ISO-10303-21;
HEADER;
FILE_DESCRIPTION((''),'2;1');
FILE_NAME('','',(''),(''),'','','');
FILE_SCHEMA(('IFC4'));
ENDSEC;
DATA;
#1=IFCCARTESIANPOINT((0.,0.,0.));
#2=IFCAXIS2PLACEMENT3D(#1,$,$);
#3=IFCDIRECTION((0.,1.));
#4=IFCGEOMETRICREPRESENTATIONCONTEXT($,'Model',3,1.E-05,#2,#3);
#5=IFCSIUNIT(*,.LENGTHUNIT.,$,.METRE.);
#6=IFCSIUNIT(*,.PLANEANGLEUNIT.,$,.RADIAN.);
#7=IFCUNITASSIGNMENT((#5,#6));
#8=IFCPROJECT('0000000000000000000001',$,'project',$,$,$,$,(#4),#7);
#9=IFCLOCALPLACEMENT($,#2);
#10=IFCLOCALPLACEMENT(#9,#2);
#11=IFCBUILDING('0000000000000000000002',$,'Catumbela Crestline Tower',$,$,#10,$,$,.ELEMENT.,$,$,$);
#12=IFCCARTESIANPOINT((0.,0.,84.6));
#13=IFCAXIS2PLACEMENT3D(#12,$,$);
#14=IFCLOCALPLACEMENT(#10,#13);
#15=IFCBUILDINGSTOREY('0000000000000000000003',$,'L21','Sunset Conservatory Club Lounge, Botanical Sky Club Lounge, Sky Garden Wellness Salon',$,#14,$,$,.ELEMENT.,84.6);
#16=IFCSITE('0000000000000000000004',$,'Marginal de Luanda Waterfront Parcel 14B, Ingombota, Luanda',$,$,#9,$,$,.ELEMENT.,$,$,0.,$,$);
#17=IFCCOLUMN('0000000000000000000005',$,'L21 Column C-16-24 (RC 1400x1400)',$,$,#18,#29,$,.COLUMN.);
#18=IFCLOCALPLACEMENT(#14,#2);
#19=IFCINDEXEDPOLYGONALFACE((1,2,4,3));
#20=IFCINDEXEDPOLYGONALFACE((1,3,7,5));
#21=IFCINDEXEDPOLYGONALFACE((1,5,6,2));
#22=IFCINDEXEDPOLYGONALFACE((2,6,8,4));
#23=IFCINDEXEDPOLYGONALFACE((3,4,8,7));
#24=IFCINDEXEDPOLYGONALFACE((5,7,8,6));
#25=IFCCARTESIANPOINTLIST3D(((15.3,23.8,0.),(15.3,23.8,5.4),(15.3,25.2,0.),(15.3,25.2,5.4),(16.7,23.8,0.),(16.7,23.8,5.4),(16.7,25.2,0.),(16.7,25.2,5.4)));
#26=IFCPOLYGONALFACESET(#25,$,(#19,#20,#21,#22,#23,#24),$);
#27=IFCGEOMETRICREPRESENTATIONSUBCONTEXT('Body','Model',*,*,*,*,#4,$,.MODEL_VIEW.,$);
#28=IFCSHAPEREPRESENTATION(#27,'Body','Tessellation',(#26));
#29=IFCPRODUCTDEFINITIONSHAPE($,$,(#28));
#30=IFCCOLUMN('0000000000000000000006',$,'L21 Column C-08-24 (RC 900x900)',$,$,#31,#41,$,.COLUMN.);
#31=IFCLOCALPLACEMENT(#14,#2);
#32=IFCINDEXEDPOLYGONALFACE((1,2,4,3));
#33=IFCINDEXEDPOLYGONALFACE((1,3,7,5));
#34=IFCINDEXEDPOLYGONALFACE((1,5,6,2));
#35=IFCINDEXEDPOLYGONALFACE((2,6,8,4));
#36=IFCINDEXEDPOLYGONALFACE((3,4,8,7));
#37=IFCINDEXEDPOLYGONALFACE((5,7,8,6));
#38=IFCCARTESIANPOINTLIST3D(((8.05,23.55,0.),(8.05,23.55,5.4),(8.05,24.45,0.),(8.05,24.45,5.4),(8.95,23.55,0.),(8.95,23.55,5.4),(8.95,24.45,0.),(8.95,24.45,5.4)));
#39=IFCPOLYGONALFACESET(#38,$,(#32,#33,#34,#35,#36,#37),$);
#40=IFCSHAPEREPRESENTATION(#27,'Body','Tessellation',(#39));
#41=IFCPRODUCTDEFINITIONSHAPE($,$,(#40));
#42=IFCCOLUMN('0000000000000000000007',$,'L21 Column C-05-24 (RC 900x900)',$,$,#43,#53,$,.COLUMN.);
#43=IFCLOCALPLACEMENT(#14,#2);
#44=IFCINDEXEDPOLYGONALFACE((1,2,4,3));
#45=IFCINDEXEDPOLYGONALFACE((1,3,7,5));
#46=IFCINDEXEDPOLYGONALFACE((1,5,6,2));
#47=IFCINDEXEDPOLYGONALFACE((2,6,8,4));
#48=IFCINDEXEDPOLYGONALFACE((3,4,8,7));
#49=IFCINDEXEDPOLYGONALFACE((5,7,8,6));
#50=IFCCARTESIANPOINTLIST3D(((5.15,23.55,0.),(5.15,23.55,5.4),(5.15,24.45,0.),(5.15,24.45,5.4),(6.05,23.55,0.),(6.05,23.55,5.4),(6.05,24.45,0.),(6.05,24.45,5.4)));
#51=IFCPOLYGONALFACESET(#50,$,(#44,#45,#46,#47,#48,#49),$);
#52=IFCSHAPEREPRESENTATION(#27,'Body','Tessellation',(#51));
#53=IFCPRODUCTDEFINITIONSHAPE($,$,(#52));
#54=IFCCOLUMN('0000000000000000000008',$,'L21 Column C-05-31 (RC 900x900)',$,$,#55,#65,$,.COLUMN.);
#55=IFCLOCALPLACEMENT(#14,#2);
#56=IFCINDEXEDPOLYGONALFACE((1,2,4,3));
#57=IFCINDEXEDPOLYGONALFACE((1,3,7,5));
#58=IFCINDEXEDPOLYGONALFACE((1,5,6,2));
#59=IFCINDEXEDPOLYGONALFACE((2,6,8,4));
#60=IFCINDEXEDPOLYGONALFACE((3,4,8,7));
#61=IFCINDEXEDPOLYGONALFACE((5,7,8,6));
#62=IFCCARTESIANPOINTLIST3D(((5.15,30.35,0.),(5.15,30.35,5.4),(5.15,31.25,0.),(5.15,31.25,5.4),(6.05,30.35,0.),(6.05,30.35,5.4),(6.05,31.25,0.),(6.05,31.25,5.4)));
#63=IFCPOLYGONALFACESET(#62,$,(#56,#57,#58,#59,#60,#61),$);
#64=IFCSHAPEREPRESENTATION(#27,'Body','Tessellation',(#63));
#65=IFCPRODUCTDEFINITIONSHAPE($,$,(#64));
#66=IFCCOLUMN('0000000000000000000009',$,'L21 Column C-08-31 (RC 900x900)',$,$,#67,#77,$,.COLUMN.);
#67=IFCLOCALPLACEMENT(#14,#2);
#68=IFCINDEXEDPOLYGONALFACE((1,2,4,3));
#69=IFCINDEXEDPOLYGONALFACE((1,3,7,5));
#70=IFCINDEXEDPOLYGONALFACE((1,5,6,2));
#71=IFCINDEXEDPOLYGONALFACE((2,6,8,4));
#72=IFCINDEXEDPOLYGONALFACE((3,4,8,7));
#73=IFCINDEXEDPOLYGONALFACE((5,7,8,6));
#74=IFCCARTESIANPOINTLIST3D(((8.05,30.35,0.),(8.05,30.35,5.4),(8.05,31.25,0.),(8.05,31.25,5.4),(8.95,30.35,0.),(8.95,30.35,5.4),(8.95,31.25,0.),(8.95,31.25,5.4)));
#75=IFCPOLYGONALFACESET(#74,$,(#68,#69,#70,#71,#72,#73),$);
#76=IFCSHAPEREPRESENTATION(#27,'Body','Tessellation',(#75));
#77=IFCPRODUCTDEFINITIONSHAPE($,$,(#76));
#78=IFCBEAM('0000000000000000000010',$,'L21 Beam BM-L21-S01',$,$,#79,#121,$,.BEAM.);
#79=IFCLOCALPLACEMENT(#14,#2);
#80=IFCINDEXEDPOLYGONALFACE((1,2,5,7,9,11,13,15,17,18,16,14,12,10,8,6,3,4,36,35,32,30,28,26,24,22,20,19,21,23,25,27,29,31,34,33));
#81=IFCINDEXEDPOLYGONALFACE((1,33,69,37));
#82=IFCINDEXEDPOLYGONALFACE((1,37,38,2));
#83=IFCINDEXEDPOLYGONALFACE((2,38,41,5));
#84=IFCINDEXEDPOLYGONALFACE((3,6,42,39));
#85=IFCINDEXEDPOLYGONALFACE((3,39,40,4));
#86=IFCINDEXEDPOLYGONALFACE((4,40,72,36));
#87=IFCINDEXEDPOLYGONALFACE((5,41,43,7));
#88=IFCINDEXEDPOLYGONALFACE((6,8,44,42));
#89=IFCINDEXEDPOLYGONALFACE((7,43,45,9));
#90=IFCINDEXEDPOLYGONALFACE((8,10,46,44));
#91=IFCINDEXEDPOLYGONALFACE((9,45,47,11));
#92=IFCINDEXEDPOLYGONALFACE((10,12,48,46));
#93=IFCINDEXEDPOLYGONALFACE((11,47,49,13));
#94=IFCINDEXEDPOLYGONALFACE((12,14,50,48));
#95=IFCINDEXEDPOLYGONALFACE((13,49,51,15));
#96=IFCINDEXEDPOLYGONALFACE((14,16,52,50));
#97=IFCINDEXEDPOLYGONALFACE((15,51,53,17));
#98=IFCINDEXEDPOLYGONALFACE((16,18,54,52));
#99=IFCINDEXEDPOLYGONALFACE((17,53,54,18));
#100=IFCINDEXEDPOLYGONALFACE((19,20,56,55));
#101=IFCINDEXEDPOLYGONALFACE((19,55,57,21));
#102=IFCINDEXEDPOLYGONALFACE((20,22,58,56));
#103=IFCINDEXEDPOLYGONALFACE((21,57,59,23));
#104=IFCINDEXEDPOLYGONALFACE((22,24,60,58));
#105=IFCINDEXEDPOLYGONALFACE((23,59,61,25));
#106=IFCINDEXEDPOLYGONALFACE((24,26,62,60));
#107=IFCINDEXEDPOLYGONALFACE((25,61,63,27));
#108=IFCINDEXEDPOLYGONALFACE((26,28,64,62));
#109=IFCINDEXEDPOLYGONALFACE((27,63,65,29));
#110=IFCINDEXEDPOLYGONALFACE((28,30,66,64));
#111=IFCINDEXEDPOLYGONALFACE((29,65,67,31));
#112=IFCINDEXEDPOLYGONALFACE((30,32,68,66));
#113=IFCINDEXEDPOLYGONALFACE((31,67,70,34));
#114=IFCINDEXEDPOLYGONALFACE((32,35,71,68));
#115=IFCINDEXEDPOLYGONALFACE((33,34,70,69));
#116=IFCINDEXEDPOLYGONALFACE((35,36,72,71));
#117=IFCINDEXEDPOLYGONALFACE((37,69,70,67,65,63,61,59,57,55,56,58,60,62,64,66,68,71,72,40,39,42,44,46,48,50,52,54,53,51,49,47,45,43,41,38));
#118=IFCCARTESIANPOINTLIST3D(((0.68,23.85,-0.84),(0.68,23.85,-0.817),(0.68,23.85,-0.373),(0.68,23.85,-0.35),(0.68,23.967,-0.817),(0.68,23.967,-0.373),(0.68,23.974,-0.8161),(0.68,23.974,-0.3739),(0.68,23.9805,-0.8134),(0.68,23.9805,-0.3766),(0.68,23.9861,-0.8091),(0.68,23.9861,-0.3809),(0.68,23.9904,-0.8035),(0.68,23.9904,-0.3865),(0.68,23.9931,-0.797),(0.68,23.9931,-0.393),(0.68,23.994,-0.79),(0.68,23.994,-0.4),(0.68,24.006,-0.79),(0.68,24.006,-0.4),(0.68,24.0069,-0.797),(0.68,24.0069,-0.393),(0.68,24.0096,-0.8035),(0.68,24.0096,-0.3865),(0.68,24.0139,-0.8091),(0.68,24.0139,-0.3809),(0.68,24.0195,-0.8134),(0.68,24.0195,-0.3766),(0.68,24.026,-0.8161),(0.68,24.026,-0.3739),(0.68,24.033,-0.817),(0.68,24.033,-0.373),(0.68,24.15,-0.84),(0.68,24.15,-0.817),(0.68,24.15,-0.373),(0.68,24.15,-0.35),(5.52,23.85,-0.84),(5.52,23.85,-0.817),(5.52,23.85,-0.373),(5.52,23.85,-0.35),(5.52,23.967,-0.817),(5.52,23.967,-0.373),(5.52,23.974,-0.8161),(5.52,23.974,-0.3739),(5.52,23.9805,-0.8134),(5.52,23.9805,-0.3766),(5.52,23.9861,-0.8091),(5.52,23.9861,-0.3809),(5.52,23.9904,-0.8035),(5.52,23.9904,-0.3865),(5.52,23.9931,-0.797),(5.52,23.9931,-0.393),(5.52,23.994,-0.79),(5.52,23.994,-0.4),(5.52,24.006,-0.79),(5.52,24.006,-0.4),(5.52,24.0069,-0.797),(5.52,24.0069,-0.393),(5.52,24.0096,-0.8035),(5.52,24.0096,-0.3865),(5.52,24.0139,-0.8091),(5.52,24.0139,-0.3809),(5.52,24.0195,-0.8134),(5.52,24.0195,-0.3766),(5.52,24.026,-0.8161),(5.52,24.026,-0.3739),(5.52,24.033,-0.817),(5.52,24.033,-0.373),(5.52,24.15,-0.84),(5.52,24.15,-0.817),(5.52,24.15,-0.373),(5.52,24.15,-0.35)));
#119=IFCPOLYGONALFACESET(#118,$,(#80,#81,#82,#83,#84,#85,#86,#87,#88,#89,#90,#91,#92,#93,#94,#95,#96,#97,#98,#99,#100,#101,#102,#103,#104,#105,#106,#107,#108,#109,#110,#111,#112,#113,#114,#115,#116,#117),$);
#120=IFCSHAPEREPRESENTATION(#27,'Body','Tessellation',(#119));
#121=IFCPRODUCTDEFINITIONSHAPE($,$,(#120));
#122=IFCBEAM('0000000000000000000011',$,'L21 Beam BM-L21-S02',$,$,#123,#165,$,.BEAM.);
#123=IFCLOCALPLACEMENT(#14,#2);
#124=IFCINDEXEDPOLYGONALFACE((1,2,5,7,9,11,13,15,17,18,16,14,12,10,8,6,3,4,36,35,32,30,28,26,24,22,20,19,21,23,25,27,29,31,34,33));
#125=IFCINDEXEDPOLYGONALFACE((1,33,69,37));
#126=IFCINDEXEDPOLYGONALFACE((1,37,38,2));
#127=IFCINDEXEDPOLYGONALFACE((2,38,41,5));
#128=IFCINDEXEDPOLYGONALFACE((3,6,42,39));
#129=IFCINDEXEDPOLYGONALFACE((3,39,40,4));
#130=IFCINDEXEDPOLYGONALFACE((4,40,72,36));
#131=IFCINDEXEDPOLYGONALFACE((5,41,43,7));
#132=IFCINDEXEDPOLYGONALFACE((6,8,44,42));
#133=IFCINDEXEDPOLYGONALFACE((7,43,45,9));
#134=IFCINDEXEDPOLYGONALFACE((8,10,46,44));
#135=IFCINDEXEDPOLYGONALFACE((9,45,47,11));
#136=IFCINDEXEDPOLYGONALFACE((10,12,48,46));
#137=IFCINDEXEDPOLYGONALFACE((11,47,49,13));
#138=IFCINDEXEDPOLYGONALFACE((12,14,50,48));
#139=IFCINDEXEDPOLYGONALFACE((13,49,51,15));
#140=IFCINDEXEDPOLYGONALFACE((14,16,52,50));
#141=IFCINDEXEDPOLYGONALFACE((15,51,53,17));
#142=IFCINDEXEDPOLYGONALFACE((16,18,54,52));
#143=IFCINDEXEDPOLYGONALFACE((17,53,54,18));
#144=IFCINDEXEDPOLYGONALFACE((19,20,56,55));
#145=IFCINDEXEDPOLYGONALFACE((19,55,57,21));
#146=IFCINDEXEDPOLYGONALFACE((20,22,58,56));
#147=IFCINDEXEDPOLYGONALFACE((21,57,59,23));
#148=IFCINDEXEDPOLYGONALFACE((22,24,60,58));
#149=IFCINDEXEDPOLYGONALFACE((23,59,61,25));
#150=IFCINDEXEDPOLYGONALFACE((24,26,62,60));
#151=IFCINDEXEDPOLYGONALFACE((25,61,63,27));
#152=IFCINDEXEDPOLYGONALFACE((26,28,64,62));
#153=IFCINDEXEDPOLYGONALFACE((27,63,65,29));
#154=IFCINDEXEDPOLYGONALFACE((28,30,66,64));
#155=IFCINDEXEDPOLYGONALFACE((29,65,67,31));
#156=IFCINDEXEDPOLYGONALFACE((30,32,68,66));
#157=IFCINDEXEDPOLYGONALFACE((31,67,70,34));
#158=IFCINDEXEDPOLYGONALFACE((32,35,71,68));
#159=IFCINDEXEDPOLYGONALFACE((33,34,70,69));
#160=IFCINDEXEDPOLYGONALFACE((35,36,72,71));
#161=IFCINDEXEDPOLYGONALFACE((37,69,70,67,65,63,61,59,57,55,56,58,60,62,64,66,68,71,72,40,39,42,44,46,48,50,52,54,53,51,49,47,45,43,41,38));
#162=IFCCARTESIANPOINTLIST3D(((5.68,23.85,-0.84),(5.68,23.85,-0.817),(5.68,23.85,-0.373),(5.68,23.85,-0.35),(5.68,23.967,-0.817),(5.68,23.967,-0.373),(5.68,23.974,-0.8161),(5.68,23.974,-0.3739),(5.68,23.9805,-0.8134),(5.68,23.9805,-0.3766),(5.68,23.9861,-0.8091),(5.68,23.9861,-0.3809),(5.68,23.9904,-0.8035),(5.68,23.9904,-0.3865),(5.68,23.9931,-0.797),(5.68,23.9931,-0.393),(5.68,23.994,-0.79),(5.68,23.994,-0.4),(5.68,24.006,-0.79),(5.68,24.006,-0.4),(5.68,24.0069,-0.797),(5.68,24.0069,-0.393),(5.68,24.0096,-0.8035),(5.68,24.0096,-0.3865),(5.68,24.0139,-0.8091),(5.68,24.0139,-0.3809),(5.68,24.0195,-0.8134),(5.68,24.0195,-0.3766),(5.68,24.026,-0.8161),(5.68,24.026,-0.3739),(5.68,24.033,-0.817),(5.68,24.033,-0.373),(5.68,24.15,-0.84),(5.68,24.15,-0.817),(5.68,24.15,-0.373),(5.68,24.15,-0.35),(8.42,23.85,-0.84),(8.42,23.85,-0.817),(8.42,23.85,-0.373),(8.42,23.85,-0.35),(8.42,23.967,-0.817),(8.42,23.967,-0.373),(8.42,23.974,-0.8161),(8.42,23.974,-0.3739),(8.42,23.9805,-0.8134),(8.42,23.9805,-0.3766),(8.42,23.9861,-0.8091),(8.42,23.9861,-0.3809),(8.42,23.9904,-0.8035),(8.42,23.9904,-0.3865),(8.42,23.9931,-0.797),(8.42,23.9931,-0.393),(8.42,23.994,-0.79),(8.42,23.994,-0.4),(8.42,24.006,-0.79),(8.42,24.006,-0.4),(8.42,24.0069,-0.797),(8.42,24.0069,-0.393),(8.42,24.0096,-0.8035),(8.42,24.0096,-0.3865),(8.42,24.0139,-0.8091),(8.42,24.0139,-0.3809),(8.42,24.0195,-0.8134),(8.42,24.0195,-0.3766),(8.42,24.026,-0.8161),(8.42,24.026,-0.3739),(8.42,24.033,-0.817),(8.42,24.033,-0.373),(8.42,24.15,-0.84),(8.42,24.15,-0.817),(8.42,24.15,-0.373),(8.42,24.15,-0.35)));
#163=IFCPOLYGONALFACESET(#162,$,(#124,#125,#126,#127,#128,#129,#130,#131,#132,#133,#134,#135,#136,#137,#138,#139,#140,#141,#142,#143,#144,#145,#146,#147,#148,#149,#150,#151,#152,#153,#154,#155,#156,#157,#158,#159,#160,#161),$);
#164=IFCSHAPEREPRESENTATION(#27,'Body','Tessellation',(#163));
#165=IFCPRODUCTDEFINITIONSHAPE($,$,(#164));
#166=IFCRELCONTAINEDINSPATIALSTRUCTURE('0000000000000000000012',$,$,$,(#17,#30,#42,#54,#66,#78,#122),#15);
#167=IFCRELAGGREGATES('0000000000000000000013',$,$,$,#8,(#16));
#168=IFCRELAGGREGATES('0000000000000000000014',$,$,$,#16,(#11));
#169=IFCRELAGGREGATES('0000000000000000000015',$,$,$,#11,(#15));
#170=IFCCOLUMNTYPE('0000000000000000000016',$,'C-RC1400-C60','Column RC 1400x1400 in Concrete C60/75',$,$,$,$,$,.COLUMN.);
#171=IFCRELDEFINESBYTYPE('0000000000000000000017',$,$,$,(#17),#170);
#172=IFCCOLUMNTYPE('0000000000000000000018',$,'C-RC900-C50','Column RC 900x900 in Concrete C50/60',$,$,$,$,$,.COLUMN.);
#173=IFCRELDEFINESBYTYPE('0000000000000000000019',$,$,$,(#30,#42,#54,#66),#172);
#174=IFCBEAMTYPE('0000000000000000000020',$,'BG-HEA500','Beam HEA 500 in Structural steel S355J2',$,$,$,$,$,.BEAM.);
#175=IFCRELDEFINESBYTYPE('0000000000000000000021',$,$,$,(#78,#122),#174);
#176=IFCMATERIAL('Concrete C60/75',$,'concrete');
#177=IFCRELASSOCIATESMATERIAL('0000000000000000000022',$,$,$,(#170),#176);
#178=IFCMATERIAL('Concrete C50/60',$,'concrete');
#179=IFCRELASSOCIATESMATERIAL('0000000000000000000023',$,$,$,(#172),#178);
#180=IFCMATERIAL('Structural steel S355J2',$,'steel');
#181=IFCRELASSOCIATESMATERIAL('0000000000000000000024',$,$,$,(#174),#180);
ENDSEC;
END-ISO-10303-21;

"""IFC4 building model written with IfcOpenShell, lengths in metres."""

from ifc_helpers import new_model, si_unit, direction, frame, origin, origin_2d, place, context, subcontext, project, spatial, rectangle, i_section, extrude, material, material_profile, profile_set, type_object, element, save


model = new_model("IFC4")

# Units and contexts
model_context = context("Model", 3, precision=1e-05, world=origin(), true_north=direction((0.0, 1.0)))
body_context = subcontext(model_context, "Body", "Model", "MODEL_VIEW")
ifc_project = project(units=[si_unit("LENGTHUNIT", "METRE"), si_unit("PLANEANGLEUNIT", "RADIAN")], contexts=[model_context])

# Site, building, storey
site_placement = place(None, origin())
site = spatial("IfcSite", under=ifc_project, at=site_placement, Name="Marginal de Luanda Waterfront Parcel 14B, Ingombota, Luanda", CompositionType="ELEMENT", RefElevation=0.0)
building_placement = place(site_placement, origin())
building = spatial("IfcBuilding", under=site, at=building_placement, Name="Catumbela Crestline Tower", CompositionType="ELEMENT")
storey_placement = place(building_placement, frame((0.0, 0.0, 84.6)))
storey = spatial("IfcBuildingStorey", under=building, at=storey_placement, Name="L21", Description="Sunset Conservatory Club Lounge, Botanical Sky Club Lounge, Sky Garden Wellness Salon", CompositionType="ELEMENT", Elevation=84.6)

# Columns
ifc_material_1 = material(Name="Concrete C60/75", Category="concrete")
ifc_material_profile_1 = material_profile(ifc_material_1, rectangle(XDim=1.4, YDim=1.4, at=origin_2d()), Name="RC 1400x1400")
ifc_profile_set_1 = profile_set([ifc_material_profile_1], Name="Concrete C60/75")
column_type_1 = type_object("IfcColumnType", Name="C-RC1400-C60", Description="Column RC 1400x1400 in Concrete C60/75", PredefinedType="COLUMN", material=ifc_profile_set_1)
column_placement = place(storey_placement, frame((16.0, 24.5, 0.0), z_axis=(0.0, 0.0, 1.0), x_axis=(1.0, 0.0, 0.0)))
element("IfcColumn", 1, at=column_placement, inside=storey, type_object=column_type_1, Name="L21 Column C-16-24 (RC 1400x1400)", PredefinedType="COLUMN", context=body_context, shape_type="SweptSolid", body=[
    extrude(rectangle(XDim=1.4, YDim=1.4, at=origin_2d()), origin(), (0.0, 0.0, 1.0), 5.4),
])
ifc_material_2 = material(Name="Concrete C50/60", Category="concrete")
ifc_material_profile_2 = material_profile(ifc_material_2, rectangle(XDim=0.9, YDim=0.9, at=origin_2d()), Name="RC 900x900")
ifc_profile_set_2 = profile_set([ifc_material_profile_2], Name="Concrete C50/60")
column_type_2 = type_object("IfcColumnType", Name="C-RC900-C50", Description="Column RC 900x900 in Concrete C50/60", PredefinedType="COLUMN", material=ifc_profile_set_2)
for number, where, z_axis, x_axis, name in (
    (2, (8.5, 24.0, 0.0), (0.0, 0.0, 1.0), (1.0, 0.0, 0.0), "L21 Column C-08-24 (RC 900x900)"),
    (3, (5.6, 24.0, 0.0), (0.0, 0.0, 1.0), (1.0, 0.0, 0.0), "L21 Column C-05-24 (RC 900x900)"),
    (4, (5.6, 30.8, 0.0), (0.0, 0.0, 1.0), (1.0, 0.0, 0.0), "L21 Column C-05-31 (RC 900x900)"),
    (5, (8.5, 30.8, 0.0), (0.0, 0.0, 1.0), (1.0, 0.0, 0.0), "L21 Column C-08-31 (RC 900x900)"),
):
    element("IfcColumn", number, at=place(storey_placement, frame(where, z_axis=z_axis, x_axis=x_axis)), inside=storey, type_object=column_type_2, Name=name, PredefinedType="COLUMN", context=body_context, shape_type="SweptSolid", body=[
        extrude(rectangle(XDim=0.9, YDim=0.9, at=origin_2d()), origin(), (0.0, 0.0, 1.0), 5.4),
    ])

# Beams
ifc_material_3 = material(Name="Structural steel S355J2", Category="steel")
ifc_material_profile_3 = material_profile(ifc_material_3, i_section(OverallWidth=0.3, OverallDepth=0.49, WebThickness=0.012, FlangeThickness=0.023, FilletRadius=0.027, at=origin_2d()), Name="HEA 500")
ifc_profile_set_3 = profile_set([ifc_material_profile_3], Name="Structural steel S355J2")
beam_type_1 = type_object("IfcBeamType", Name="BG-HEA500", Description="Beam HEA 500 in Structural steel S355J2", PredefinedType="BEAM", material=ifc_profile_set_3)
beam_1_placement = place(storey_placement, frame((0.68, 24.0, -0.595), z_axis=(1.0, 0.0, 0.0), x_axis=(0.0, 1.0, 0.0)))
element("IfcBeam", 6, at=beam_1_placement, inside=storey, type_object=beam_type_1, Name="L21 Beam BM-L21-S01", PredefinedType="BEAM", context=body_context, shape_type="SweptSolid", body=[
    extrude(i_section(OverallWidth=0.3, OverallDepth=0.49, WebThickness=0.012, FlangeThickness=0.023, FilletRadius=0.027, at=origin_2d()), origin(), (0.0, 0.0, 1.0), 4.84),
])
beam_2_placement = place(storey_placement, frame((5.68, 24.0, -0.595), z_axis=(1.0, 0.0, 0.0), x_axis=(0.0, 1.0, 0.0)))
element("IfcBeam", 7, at=beam_2_placement, inside=storey, type_object=beam_type_1, Name="L21 Beam BM-L21-S02", PredefinedType="BEAM", context=body_context, shape_type="SweptSolid", body=[
    extrude(i_section(OverallWidth=0.3, OverallDepth=0.49, WebThickness=0.012, FlangeThickness=0.023, FilletRadius=0.027, at=origin_2d()), origin(), (0.0, 0.0, 1.0), 2.74),
])

save(model, "model.ifc")
